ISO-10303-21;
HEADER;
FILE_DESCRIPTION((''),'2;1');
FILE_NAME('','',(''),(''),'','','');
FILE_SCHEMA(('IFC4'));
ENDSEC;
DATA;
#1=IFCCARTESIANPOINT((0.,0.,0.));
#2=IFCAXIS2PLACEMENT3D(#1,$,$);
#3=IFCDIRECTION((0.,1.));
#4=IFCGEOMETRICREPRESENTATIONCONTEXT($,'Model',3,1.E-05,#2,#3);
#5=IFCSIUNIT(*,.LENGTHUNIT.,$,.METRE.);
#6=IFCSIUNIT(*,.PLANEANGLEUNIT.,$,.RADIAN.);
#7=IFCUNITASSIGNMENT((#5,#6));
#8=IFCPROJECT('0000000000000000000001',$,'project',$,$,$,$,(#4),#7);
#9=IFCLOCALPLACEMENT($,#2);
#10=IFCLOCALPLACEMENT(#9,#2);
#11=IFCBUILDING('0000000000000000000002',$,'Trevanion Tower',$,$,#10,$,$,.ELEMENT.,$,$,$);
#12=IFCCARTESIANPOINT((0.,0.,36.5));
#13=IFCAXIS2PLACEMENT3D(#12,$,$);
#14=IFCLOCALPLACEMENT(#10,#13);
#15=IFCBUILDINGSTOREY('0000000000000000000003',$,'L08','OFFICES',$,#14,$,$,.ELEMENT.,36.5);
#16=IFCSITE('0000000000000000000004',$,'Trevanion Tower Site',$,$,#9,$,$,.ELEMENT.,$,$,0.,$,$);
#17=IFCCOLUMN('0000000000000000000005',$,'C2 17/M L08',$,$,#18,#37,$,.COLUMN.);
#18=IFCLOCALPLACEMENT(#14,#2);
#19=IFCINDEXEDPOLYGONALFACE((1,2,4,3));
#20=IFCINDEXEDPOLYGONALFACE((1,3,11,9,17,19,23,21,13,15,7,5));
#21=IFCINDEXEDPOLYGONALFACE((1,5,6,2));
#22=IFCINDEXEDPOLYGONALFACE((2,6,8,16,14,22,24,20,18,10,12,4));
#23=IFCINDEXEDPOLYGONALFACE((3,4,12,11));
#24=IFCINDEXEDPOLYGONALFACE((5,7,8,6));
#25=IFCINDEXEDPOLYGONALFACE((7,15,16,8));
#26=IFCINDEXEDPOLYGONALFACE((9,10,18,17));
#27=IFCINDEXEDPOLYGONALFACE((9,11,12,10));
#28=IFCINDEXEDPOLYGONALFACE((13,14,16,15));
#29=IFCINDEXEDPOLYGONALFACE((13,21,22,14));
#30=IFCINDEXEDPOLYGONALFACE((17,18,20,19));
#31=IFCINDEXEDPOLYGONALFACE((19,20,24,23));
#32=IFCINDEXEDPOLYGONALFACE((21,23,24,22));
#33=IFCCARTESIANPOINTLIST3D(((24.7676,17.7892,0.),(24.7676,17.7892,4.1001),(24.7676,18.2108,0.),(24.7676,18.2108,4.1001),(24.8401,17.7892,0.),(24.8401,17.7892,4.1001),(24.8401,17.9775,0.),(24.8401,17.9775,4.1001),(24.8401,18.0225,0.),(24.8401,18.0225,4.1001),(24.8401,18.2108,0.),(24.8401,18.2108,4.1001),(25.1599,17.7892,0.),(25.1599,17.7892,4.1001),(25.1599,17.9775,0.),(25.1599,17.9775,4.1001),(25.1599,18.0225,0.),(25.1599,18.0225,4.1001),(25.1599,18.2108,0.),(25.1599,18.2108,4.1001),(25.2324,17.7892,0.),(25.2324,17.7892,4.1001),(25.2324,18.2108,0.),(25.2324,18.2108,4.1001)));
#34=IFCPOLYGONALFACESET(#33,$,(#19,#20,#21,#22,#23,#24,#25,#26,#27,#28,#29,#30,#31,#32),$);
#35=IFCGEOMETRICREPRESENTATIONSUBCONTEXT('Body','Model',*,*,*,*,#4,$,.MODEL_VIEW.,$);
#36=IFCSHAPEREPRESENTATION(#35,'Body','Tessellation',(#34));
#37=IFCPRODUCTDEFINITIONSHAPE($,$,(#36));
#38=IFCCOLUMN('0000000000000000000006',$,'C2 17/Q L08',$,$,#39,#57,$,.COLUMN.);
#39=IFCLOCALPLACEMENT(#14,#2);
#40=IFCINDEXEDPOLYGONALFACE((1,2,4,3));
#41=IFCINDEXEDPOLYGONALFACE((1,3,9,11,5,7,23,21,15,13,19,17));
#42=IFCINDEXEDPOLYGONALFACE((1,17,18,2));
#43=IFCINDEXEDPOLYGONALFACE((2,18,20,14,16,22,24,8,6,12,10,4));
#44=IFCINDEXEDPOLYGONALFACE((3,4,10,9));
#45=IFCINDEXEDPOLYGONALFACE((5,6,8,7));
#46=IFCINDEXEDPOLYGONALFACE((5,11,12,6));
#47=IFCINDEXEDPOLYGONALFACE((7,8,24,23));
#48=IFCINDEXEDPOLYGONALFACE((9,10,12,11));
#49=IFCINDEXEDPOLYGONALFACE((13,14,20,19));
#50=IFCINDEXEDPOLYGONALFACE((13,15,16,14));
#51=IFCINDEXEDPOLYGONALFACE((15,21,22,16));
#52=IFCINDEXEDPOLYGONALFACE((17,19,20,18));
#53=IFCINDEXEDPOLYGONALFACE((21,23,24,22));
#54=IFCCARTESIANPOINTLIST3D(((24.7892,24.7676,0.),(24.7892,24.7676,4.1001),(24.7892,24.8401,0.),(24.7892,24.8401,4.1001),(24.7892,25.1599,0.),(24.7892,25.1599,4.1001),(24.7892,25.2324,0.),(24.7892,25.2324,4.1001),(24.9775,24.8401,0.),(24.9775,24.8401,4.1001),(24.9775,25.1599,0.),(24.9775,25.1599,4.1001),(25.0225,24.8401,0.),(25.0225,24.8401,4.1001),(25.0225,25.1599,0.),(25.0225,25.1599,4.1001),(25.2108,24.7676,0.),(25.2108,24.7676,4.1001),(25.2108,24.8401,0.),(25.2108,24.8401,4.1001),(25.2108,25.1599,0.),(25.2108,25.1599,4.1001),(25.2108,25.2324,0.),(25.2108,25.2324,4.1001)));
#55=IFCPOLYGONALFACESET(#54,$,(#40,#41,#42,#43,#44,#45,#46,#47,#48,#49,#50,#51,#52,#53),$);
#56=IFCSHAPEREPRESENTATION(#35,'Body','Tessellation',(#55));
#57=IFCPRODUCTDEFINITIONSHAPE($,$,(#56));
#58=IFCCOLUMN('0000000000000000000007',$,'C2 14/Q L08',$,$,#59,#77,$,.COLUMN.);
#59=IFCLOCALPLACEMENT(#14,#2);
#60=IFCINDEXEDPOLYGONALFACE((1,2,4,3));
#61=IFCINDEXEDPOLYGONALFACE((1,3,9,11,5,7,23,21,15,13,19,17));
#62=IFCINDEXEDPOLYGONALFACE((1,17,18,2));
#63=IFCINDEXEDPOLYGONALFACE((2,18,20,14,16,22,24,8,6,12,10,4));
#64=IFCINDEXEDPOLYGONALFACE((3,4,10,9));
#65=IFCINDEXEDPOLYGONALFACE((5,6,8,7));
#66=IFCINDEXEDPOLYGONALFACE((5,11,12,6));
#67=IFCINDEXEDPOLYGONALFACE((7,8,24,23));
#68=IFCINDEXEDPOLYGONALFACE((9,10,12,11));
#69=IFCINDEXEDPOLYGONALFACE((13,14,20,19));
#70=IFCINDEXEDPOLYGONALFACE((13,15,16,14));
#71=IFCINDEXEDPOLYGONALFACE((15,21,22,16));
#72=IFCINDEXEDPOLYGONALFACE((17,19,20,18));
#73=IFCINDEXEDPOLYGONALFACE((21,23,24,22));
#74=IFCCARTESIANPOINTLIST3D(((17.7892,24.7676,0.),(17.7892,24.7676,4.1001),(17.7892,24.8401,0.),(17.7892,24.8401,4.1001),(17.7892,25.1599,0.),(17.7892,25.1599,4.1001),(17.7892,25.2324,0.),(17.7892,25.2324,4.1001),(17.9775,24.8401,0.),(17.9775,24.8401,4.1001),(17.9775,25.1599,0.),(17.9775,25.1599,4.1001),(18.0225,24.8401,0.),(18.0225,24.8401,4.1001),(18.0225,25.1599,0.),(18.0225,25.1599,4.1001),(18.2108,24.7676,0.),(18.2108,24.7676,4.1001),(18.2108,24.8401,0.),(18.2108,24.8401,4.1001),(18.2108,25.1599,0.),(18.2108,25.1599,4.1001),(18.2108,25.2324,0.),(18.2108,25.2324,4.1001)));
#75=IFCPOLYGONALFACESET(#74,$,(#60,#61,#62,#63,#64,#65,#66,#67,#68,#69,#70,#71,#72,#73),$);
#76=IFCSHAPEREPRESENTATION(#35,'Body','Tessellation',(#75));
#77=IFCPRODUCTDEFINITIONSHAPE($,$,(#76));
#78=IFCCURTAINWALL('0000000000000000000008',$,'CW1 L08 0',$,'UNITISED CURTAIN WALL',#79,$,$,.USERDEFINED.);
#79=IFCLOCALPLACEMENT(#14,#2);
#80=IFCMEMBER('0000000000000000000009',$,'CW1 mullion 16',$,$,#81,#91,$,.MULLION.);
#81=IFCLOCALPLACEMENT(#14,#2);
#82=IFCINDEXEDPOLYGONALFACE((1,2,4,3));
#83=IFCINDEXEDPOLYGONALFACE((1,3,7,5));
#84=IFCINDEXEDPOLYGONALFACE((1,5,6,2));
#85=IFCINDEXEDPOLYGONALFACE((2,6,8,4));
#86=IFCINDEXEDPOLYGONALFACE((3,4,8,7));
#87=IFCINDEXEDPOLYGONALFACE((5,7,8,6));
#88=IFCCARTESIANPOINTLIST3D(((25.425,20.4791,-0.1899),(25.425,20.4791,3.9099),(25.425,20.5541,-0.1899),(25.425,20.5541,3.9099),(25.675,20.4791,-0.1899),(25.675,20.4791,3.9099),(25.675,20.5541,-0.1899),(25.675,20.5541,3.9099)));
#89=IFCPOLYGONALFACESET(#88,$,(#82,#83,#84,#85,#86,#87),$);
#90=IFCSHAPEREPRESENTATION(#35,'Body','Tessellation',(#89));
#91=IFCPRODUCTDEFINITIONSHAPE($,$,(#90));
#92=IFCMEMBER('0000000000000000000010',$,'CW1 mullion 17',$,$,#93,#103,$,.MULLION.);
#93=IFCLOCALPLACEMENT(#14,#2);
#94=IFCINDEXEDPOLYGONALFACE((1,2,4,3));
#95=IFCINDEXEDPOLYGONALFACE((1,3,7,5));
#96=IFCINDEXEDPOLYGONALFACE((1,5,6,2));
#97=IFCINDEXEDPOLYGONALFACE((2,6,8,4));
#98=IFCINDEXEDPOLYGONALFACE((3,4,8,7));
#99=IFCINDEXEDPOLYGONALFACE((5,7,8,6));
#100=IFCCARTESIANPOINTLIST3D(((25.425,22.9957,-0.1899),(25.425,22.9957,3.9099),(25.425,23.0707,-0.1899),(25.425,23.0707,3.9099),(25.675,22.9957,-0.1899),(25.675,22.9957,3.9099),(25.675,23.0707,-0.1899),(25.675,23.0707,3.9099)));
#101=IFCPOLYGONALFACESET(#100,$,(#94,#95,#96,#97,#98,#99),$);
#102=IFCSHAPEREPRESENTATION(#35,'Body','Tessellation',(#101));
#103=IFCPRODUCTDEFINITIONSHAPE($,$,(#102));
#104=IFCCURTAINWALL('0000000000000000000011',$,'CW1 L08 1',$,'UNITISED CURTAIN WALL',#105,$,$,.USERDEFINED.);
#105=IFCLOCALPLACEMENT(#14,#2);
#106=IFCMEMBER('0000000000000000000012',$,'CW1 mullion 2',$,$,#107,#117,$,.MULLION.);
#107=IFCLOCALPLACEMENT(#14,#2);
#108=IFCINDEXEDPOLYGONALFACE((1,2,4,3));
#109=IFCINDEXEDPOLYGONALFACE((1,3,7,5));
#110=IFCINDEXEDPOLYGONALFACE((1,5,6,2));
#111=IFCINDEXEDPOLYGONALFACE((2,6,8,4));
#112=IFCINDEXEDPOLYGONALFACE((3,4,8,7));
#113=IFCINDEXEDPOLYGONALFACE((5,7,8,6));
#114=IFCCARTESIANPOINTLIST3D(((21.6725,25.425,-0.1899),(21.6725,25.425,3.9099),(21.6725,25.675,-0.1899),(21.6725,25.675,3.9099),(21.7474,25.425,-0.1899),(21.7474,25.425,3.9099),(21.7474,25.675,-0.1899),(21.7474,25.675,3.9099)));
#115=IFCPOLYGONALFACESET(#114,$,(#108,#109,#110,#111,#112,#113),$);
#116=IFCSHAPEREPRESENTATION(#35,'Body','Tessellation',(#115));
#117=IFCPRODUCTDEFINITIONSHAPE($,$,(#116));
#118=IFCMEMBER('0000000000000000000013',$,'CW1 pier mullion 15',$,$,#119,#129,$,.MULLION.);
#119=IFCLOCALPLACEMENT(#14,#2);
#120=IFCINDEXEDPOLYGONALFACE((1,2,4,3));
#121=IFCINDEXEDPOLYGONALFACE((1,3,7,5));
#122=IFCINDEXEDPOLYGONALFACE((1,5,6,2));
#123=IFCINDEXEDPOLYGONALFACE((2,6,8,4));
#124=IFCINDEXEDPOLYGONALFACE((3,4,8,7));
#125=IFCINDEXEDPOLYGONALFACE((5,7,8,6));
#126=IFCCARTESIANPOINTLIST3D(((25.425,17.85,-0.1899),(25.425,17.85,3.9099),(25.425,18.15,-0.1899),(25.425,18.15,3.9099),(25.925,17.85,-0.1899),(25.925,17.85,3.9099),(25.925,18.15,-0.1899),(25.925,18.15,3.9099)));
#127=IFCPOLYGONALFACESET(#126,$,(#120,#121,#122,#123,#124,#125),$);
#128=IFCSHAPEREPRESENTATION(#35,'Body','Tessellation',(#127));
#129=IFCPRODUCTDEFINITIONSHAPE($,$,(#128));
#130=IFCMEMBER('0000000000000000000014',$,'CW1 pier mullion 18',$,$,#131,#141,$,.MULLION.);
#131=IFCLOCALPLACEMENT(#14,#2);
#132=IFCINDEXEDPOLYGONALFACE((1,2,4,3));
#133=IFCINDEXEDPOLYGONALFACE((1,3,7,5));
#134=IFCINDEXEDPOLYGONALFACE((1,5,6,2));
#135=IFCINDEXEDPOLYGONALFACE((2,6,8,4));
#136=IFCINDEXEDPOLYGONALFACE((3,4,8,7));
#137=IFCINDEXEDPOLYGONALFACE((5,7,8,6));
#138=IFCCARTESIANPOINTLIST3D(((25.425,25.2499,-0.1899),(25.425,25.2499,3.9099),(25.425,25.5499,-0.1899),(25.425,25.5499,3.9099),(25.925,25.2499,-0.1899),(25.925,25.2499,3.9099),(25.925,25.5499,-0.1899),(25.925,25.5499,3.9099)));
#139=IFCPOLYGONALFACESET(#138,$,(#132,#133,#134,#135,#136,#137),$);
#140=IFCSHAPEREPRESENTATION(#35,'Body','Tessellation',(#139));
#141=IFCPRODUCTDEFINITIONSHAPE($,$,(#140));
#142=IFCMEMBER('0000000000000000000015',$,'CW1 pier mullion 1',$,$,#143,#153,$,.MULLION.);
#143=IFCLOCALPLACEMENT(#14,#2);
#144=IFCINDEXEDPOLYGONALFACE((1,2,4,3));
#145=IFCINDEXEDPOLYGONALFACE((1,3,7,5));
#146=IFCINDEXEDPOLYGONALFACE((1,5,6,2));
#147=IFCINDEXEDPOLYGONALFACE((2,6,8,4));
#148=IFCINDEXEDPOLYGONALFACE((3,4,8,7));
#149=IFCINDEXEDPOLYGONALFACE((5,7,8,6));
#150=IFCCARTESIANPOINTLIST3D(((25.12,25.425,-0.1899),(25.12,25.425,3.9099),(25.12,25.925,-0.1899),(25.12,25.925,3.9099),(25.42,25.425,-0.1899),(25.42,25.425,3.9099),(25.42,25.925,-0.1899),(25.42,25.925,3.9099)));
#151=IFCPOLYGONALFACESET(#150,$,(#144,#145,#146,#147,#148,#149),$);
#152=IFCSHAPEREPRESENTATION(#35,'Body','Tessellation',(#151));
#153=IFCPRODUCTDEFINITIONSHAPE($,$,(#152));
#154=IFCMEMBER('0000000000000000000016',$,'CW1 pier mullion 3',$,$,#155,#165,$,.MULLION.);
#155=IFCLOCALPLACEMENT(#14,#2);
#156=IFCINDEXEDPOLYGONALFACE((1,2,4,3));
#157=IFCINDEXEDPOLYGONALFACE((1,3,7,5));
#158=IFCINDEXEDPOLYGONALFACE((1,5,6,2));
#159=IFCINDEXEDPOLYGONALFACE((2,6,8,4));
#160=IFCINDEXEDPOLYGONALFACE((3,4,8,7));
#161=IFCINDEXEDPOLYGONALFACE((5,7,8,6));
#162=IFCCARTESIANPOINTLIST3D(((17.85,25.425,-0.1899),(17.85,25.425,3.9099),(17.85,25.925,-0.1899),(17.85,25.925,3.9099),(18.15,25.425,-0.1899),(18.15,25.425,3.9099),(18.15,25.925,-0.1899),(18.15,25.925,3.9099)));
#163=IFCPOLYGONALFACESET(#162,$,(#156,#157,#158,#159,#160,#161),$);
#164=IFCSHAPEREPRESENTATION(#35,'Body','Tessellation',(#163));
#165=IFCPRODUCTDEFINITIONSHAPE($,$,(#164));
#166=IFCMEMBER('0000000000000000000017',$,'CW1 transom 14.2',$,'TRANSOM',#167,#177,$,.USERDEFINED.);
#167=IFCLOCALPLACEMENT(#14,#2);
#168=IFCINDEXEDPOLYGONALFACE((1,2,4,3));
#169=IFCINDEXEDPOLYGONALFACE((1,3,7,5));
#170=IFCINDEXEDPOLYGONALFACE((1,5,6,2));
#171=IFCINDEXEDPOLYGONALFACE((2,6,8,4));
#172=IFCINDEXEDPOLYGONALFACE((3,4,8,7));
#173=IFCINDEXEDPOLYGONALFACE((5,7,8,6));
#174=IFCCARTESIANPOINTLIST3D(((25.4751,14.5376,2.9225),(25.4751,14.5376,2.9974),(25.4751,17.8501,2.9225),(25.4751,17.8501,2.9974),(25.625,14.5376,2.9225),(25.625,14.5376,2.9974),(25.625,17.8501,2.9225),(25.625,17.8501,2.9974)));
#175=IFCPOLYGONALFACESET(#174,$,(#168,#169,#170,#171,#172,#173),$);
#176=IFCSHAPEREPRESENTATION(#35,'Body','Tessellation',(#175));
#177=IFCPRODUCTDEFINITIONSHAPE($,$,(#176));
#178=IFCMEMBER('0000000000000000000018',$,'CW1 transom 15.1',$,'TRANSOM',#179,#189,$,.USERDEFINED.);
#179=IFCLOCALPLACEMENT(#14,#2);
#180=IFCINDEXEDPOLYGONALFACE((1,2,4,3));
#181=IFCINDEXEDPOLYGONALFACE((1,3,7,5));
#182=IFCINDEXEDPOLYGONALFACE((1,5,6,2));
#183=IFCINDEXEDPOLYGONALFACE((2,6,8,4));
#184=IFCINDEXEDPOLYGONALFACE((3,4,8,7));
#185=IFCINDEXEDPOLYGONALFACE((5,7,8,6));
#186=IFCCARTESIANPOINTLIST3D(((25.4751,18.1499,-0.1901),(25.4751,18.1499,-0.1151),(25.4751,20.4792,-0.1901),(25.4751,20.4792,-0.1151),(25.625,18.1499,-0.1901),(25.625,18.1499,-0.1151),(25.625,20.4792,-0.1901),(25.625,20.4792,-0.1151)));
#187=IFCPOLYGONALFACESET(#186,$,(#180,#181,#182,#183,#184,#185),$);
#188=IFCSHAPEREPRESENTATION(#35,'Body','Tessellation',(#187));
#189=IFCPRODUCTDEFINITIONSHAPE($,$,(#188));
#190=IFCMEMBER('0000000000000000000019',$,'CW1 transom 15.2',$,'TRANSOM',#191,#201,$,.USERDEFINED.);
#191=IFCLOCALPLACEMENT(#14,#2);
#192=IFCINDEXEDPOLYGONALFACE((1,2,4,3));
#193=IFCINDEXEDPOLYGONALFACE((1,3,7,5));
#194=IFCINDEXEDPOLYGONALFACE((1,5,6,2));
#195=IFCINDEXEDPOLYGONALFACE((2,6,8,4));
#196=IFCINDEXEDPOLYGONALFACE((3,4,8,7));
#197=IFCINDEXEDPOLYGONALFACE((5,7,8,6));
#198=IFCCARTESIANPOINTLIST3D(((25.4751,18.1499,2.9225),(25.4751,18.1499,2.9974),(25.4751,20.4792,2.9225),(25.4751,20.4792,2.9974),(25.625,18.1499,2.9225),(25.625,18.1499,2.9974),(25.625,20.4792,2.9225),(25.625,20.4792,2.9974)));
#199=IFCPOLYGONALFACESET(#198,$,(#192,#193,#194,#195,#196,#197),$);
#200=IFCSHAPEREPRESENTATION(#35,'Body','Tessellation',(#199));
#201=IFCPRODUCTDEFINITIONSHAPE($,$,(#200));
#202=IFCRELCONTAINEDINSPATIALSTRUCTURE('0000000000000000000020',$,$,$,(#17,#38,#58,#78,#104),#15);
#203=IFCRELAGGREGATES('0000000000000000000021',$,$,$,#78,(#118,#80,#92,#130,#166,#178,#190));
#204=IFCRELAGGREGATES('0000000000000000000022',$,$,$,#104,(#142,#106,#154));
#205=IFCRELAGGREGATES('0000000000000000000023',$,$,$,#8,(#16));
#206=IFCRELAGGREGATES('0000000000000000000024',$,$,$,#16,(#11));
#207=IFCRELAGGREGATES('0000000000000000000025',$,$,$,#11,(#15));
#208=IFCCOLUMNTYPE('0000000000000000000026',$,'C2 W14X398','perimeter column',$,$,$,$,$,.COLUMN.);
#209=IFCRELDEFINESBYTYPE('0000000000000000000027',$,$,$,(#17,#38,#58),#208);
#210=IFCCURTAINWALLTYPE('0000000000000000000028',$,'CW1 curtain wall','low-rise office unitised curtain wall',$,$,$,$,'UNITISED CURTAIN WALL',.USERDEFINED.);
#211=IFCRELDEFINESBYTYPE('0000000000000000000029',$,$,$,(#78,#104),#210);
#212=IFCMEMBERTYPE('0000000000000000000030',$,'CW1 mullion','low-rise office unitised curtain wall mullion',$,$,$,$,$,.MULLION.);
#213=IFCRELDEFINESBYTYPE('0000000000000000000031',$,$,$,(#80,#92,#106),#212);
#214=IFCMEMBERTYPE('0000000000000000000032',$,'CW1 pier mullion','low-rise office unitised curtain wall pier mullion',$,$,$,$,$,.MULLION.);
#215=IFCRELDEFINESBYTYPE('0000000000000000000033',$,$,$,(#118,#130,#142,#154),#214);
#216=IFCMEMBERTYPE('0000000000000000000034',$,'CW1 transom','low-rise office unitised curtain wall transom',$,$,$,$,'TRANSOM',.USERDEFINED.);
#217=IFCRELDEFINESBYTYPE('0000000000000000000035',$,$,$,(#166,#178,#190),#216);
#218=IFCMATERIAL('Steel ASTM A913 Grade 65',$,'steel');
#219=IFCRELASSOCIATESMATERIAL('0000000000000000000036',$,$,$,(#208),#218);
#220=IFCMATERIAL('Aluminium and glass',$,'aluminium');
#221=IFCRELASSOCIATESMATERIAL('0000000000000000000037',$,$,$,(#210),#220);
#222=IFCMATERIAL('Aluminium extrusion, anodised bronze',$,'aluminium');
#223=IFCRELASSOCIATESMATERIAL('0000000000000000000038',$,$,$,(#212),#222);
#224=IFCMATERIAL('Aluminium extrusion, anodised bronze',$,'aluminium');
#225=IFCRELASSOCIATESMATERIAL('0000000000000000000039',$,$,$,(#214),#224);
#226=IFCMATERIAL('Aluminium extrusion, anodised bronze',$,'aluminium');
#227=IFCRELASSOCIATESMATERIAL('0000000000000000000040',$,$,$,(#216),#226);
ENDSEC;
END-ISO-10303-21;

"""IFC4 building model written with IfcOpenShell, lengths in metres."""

from ifc_helpers import new_model, si_unit, direction, frame, origin, origin_2d, place, context, subcontext, project, spatial, rectangle, i_section, extrude, material, material_profile, profile_set, type_object, element, aggregate, save


model = new_model("IFC4")

# Units and contexts
model_context = context("Model", 3, precision=1e-05, world=origin(), true_north=direction((0.0, 1.0)))
body_context = subcontext(model_context, "Body", "Model", "MODEL_VIEW")
ifc_project = project(units=[si_unit("LENGTHUNIT", "METRE"), si_unit("PLANEANGLEUNIT", "RADIAN")], contexts=[model_context])

# Site, building, storey
site_placement = place(None, origin())
site = spatial("IfcSite", under=ifc_project, at=site_placement, Name="Trevanion Tower Site", CompositionType="ELEMENT", RefElevation=0.0)
building_placement = place(site_placement, origin())
building = spatial("IfcBuilding", under=site, at=building_placement, Name="Trevanion Tower", CompositionType="ELEMENT")
storey_placement = place(building_placement, frame((0.0, 0.0, 36.5)))
storey = spatial("IfcBuildingStorey", under=building, at=storey_placement, Name="L08", Description="OFFICES", CompositionType="ELEMENT", Elevation=36.5)

# Columns
ifc_material_1 = material(Name="Steel ASTM A913 Grade 65", Category="steel")
ifc_material_profile_1 = material_profile(ifc_material_1, i_section(OverallWidth=0.4216, OverallDepth=0.4648, WebThickness=0.0449, FlangeThickness=0.0725, at=origin_2d()), Name="W14X398")
ifc_profile_set_1 = profile_set([ifc_material_profile_1], Name="Steel ASTM A913 Grade 65")
column_type = type_object("IfcColumnType", Name="C2 W14X398", Description="perimeter column", PredefinedType="COLUMN", material=ifc_profile_set_1)
for number, where, z_axis, x_axis, name in (
    (1, (25.0, 18.0, 0.0), (0.0, 0.0, 1.0), (0.0, 1.0, 0.0), "C2 17/M L08"),
    (2, (25.0, 25.0, 0.0), (0.0, 0.0, 1.0), (1.0, 0.0, 0.0), "C2 17/Q L08"),
    (3, (18.0, 25.0, 0.0), (0.0, 0.0, 1.0), (1.0, 0.0, 0.0), "C2 14/Q L08"),
):
    element("IfcColumn", number, at=place(storey_placement, frame(where, z_axis=z_axis, x_axis=x_axis)), inside=storey, type_object=column_type, Name=name, PredefinedType="COLUMN", context=body_context, shape_type="SweptSolid", body=[
        extrude(i_section(OverallWidth=0.4216, OverallDepth=0.4648, WebThickness=0.0449, FlangeThickness=0.0725, at=origin_2d()), origin(), (0.0, 0.0, 1.0), 4.1001),
    ])

# Curtain wall, members
ifc_material_2 = material(Name="Aluminium and glass", Category="aluminium")
curtain_wall_type = type_object("IfcCurtainWallType", Name="CW1 curtain wall", Description="low-rise office unitised curtain wall", ElementType="UNITISED CURTAIN WALL", PredefinedType="USERDEFINED", material=ifc_material_2)
curtain_wall_1_placement = place(storey_placement, origin())
curtain_wall_1 = element("IfcCurtainWall", 4, at=curtain_wall_1_placement, inside=storey, type_object=curtain_wall_type, Name="CW1 L08 0", ObjectType="UNITISED CURTAIN WALL", PredefinedType="USERDEFINED")
ifc_material_3 = material(Name="Aluminium extrusion, anodised bronze", Category="aluminium")
ifc_material_profile_2 = material_profile(ifc_material_3, rectangle(XDim=0.075, YDim=0.25, at=origin_2d()), Name="CW1 mullion")
ifc_profile_set_2 = profile_set([ifc_material_profile_2], Name="Aluminium extrusion, anodised bronze")
member_type_1 = type_object("IfcMemberType", Name="CW1 mullion", Description="low-rise office unitised curtain wall mullion", PredefinedType="MULLION", material=ifc_profile_set_2)
member_1_placement = place(storey_placement, frame((25.55, 20.5166, -0.1899), z_axis=(0.0, 0.0, 1.0), x_axis=(0.0, 1.0, 0.0)))
member_1 = element("IfcMember", 5, at=member_1_placement, type_object=member_type_1, Name="CW1 mullion 16", PredefinedType="MULLION", context=body_context, shape_type="SweptSolid", body=[
    extrude(rectangle(XDim=0.075, YDim=0.25, at=origin_2d()), origin(), (0.0, 0.0, 1.0), 4.0999),
])
member_2_placement = place(storey_placement, frame((25.55, 23.0332, -0.1899), z_axis=(0.0, 0.0, 1.0), x_axis=(0.0, 1.0, 0.0)))
member_2 = element("IfcMember", 6, at=member_2_placement, type_object=member_type_1, Name="CW1 mullion 17", PredefinedType="MULLION", context=body_context, shape_type="SweptSolid", body=[
    extrude(rectangle(XDim=0.075, YDim=0.25, at=origin_2d()), origin(), (0.0, 0.0, 1.0), 4.0999),
])

# Curtain wall, member
curtain_wall_2_placement = place(storey_placement, origin())
curtain_wall_2 = element("IfcCurtainWall", 7, at=curtain_wall_2_placement, inside=storey, type_object=curtain_wall_type, Name="CW1 L08 1", ObjectType="UNITISED CURTAIN WALL", PredefinedType="USERDEFINED")
member_3_placement = place(storey_placement, frame((21.71, 25.55, -0.1899), z_axis=(0.0, 0.0, 1.0), x_axis=(-1.0, 0.0, 0.0)))
member_3 = element("IfcMember", 8, at=member_3_placement, type_object=member_type_1, Name="CW1 mullion 2", PredefinedType="MULLION", context=body_context, shape_type="SweptSolid", body=[
    extrude(rectangle(XDim=0.075, YDim=0.25, at=origin_2d()), origin(), (0.0, 0.0, 1.0), 4.0999),
])

# Members
ifc_material_4 = material(Name="Aluminium extrusion, anodised bronze", Category="aluminium")
ifc_material_profile_3 = material_profile(ifc_material_4, rectangle(XDim=0.3, YDim=0.5, at=origin_2d()), Name="CW1 pier mullion")
ifc_profile_set_3 = profile_set([ifc_material_profile_3], Name="Aluminium extrusion, anodised bronze")
member_type_2 = type_object("IfcMemberType", Name="CW1 pier mullion", Description="low-rise office unitised curtain wall pier mullion", PredefinedType="MULLION", material=ifc_profile_set_3)
member_4_placement = place(storey_placement, frame((25.675, 18.0, -0.1899), z_axis=(0.0, 0.0, 1.0), x_axis=(0.0, 1.0, 0.0)))
member_4 = element("IfcMember", 9, at=member_4_placement, type_object=member_type_2, Name="CW1 pier mullion 15", PredefinedType="MULLION", context=body_context, shape_type="SweptSolid", body=[
    extrude(rectangle(XDim=0.3, YDim=0.5, at=origin_2d()), origin(), (0.0, 0.0, 1.0), 4.0999),
])
member_5_placement = place(storey_placement, frame((25.675, 25.3999, -0.1899), z_axis=(0.0, 0.0, 1.0), x_axis=(0.0, 1.0, 0.0)))
member_5 = element("IfcMember", 10, at=member_5_placement, type_object=member_type_2, Name="CW1 pier mullion 18", PredefinedType="MULLION", context=body_context, shape_type="SweptSolid", body=[
    extrude(rectangle(XDim=0.3, YDim=0.5, at=origin_2d()), origin(), (0.0, 0.0, 1.0), 4.0999),
])
member_6_placement = place(storey_placement, frame((25.27, 25.675, -0.1899), z_axis=(0.0, 0.0, 1.0), x_axis=(-1.0, 0.0, 0.0)))
member_6 = element("IfcMember", 11, at=member_6_placement, type_object=member_type_2, Name="CW1 pier mullion 1", PredefinedType="MULLION", context=body_context, shape_type="SweptSolid", body=[
    extrude(rectangle(XDim=0.3, YDim=0.5, at=origin_2d()), origin(), (0.0, 0.0, 1.0), 4.0999),
])
member_7_placement = place(storey_placement, frame((18.0, 25.675, -0.1899), z_axis=(0.0, 0.0, 1.0), x_axis=(-1.0, 0.0, 0.0)))
member_7 = element("IfcMember", 12, at=member_7_placement, type_object=member_type_2, Name="CW1 pier mullion 3", PredefinedType="MULLION", context=body_context, shape_type="SweptSolid", body=[
    extrude(rectangle(XDim=0.3, YDim=0.5, at=origin_2d()), origin(), (0.0, 0.0, 1.0), 4.0999),
])
ifc_material_5 = material(Name="Aluminium extrusion, anodised bronze", Category="aluminium")
ifc_material_profile_4 = material_profile(ifc_material_5, rectangle(XDim=0.1499, YDim=0.075, at=origin_2d()), Name="CW1 transom")
ifc_profile_set_4 = profile_set([ifc_material_profile_4], Name="Aluminium extrusion, anodised bronze")
member_type_3 = type_object("IfcMemberType", Name="CW1 transom", Description="low-rise office unitised curtain wall transom", ElementType="TRANSOM", PredefinedType="USERDEFINED", material=ifc_profile_set_4)
member_8_placement = place(storey_placement, frame((25.55, 14.5376, 2.96), z_axis=(0.0, 1.0, 0.0), x_axis=(-1.0, 0.0, 0.0)))
member_8 = element("IfcMember", 13, at=member_8_placement, type_object=member_type_3, Name="CW1 transom 14.2", ObjectType="TRANSOM", PredefinedType="USERDEFINED", context=body_context, shape_type="SweptSolid", body=[
    extrude(rectangle(XDim=0.1499, YDim=0.075, at=origin_2d()), origin(), (0.0, 0.0, 1.0), 3.3125),
])
member_9_placement = place(storey_placement, frame((25.55, 18.1499, -0.1526), z_axis=(0.0, 1.0, 0.0), x_axis=(-1.0, 0.0, 0.0)))
member_9 = element("IfcMember", 14, at=member_9_placement, type_object=member_type_3, Name="CW1 transom 15.1", ObjectType="TRANSOM", PredefinedType="USERDEFINED", context=body_context, shape_type="SweptSolid", body=[
    extrude(rectangle(XDim=0.1499, YDim=0.075, at=origin_2d()), origin(), (0.0, 0.0, 1.0), 2.3293),
])
member_10_placement = place(storey_placement, frame((25.55, 18.1499, 2.96), z_axis=(0.0, 1.0, 0.0), x_axis=(-1.0, 0.0, 0.0)))
member_10 = element("IfcMember", 15, at=member_10_placement, type_object=member_type_3, Name="CW1 transom 15.2", ObjectType="TRANSOM", PredefinedType="USERDEFINED", context=body_context, shape_type="SweptSolid", body=[
    extrude(rectangle(XDim=0.1499, YDim=0.075, at=origin_2d()), origin(), (0.0, 0.0, 1.0), 2.3293),
])

aggregate(curtain_wall_1, [member_4, member_1, member_2, member_5, member_8, member_9, member_10])
aggregate(curtain_wall_2, [member_6, member_3, member_7])

save(model, "model.ifc")
